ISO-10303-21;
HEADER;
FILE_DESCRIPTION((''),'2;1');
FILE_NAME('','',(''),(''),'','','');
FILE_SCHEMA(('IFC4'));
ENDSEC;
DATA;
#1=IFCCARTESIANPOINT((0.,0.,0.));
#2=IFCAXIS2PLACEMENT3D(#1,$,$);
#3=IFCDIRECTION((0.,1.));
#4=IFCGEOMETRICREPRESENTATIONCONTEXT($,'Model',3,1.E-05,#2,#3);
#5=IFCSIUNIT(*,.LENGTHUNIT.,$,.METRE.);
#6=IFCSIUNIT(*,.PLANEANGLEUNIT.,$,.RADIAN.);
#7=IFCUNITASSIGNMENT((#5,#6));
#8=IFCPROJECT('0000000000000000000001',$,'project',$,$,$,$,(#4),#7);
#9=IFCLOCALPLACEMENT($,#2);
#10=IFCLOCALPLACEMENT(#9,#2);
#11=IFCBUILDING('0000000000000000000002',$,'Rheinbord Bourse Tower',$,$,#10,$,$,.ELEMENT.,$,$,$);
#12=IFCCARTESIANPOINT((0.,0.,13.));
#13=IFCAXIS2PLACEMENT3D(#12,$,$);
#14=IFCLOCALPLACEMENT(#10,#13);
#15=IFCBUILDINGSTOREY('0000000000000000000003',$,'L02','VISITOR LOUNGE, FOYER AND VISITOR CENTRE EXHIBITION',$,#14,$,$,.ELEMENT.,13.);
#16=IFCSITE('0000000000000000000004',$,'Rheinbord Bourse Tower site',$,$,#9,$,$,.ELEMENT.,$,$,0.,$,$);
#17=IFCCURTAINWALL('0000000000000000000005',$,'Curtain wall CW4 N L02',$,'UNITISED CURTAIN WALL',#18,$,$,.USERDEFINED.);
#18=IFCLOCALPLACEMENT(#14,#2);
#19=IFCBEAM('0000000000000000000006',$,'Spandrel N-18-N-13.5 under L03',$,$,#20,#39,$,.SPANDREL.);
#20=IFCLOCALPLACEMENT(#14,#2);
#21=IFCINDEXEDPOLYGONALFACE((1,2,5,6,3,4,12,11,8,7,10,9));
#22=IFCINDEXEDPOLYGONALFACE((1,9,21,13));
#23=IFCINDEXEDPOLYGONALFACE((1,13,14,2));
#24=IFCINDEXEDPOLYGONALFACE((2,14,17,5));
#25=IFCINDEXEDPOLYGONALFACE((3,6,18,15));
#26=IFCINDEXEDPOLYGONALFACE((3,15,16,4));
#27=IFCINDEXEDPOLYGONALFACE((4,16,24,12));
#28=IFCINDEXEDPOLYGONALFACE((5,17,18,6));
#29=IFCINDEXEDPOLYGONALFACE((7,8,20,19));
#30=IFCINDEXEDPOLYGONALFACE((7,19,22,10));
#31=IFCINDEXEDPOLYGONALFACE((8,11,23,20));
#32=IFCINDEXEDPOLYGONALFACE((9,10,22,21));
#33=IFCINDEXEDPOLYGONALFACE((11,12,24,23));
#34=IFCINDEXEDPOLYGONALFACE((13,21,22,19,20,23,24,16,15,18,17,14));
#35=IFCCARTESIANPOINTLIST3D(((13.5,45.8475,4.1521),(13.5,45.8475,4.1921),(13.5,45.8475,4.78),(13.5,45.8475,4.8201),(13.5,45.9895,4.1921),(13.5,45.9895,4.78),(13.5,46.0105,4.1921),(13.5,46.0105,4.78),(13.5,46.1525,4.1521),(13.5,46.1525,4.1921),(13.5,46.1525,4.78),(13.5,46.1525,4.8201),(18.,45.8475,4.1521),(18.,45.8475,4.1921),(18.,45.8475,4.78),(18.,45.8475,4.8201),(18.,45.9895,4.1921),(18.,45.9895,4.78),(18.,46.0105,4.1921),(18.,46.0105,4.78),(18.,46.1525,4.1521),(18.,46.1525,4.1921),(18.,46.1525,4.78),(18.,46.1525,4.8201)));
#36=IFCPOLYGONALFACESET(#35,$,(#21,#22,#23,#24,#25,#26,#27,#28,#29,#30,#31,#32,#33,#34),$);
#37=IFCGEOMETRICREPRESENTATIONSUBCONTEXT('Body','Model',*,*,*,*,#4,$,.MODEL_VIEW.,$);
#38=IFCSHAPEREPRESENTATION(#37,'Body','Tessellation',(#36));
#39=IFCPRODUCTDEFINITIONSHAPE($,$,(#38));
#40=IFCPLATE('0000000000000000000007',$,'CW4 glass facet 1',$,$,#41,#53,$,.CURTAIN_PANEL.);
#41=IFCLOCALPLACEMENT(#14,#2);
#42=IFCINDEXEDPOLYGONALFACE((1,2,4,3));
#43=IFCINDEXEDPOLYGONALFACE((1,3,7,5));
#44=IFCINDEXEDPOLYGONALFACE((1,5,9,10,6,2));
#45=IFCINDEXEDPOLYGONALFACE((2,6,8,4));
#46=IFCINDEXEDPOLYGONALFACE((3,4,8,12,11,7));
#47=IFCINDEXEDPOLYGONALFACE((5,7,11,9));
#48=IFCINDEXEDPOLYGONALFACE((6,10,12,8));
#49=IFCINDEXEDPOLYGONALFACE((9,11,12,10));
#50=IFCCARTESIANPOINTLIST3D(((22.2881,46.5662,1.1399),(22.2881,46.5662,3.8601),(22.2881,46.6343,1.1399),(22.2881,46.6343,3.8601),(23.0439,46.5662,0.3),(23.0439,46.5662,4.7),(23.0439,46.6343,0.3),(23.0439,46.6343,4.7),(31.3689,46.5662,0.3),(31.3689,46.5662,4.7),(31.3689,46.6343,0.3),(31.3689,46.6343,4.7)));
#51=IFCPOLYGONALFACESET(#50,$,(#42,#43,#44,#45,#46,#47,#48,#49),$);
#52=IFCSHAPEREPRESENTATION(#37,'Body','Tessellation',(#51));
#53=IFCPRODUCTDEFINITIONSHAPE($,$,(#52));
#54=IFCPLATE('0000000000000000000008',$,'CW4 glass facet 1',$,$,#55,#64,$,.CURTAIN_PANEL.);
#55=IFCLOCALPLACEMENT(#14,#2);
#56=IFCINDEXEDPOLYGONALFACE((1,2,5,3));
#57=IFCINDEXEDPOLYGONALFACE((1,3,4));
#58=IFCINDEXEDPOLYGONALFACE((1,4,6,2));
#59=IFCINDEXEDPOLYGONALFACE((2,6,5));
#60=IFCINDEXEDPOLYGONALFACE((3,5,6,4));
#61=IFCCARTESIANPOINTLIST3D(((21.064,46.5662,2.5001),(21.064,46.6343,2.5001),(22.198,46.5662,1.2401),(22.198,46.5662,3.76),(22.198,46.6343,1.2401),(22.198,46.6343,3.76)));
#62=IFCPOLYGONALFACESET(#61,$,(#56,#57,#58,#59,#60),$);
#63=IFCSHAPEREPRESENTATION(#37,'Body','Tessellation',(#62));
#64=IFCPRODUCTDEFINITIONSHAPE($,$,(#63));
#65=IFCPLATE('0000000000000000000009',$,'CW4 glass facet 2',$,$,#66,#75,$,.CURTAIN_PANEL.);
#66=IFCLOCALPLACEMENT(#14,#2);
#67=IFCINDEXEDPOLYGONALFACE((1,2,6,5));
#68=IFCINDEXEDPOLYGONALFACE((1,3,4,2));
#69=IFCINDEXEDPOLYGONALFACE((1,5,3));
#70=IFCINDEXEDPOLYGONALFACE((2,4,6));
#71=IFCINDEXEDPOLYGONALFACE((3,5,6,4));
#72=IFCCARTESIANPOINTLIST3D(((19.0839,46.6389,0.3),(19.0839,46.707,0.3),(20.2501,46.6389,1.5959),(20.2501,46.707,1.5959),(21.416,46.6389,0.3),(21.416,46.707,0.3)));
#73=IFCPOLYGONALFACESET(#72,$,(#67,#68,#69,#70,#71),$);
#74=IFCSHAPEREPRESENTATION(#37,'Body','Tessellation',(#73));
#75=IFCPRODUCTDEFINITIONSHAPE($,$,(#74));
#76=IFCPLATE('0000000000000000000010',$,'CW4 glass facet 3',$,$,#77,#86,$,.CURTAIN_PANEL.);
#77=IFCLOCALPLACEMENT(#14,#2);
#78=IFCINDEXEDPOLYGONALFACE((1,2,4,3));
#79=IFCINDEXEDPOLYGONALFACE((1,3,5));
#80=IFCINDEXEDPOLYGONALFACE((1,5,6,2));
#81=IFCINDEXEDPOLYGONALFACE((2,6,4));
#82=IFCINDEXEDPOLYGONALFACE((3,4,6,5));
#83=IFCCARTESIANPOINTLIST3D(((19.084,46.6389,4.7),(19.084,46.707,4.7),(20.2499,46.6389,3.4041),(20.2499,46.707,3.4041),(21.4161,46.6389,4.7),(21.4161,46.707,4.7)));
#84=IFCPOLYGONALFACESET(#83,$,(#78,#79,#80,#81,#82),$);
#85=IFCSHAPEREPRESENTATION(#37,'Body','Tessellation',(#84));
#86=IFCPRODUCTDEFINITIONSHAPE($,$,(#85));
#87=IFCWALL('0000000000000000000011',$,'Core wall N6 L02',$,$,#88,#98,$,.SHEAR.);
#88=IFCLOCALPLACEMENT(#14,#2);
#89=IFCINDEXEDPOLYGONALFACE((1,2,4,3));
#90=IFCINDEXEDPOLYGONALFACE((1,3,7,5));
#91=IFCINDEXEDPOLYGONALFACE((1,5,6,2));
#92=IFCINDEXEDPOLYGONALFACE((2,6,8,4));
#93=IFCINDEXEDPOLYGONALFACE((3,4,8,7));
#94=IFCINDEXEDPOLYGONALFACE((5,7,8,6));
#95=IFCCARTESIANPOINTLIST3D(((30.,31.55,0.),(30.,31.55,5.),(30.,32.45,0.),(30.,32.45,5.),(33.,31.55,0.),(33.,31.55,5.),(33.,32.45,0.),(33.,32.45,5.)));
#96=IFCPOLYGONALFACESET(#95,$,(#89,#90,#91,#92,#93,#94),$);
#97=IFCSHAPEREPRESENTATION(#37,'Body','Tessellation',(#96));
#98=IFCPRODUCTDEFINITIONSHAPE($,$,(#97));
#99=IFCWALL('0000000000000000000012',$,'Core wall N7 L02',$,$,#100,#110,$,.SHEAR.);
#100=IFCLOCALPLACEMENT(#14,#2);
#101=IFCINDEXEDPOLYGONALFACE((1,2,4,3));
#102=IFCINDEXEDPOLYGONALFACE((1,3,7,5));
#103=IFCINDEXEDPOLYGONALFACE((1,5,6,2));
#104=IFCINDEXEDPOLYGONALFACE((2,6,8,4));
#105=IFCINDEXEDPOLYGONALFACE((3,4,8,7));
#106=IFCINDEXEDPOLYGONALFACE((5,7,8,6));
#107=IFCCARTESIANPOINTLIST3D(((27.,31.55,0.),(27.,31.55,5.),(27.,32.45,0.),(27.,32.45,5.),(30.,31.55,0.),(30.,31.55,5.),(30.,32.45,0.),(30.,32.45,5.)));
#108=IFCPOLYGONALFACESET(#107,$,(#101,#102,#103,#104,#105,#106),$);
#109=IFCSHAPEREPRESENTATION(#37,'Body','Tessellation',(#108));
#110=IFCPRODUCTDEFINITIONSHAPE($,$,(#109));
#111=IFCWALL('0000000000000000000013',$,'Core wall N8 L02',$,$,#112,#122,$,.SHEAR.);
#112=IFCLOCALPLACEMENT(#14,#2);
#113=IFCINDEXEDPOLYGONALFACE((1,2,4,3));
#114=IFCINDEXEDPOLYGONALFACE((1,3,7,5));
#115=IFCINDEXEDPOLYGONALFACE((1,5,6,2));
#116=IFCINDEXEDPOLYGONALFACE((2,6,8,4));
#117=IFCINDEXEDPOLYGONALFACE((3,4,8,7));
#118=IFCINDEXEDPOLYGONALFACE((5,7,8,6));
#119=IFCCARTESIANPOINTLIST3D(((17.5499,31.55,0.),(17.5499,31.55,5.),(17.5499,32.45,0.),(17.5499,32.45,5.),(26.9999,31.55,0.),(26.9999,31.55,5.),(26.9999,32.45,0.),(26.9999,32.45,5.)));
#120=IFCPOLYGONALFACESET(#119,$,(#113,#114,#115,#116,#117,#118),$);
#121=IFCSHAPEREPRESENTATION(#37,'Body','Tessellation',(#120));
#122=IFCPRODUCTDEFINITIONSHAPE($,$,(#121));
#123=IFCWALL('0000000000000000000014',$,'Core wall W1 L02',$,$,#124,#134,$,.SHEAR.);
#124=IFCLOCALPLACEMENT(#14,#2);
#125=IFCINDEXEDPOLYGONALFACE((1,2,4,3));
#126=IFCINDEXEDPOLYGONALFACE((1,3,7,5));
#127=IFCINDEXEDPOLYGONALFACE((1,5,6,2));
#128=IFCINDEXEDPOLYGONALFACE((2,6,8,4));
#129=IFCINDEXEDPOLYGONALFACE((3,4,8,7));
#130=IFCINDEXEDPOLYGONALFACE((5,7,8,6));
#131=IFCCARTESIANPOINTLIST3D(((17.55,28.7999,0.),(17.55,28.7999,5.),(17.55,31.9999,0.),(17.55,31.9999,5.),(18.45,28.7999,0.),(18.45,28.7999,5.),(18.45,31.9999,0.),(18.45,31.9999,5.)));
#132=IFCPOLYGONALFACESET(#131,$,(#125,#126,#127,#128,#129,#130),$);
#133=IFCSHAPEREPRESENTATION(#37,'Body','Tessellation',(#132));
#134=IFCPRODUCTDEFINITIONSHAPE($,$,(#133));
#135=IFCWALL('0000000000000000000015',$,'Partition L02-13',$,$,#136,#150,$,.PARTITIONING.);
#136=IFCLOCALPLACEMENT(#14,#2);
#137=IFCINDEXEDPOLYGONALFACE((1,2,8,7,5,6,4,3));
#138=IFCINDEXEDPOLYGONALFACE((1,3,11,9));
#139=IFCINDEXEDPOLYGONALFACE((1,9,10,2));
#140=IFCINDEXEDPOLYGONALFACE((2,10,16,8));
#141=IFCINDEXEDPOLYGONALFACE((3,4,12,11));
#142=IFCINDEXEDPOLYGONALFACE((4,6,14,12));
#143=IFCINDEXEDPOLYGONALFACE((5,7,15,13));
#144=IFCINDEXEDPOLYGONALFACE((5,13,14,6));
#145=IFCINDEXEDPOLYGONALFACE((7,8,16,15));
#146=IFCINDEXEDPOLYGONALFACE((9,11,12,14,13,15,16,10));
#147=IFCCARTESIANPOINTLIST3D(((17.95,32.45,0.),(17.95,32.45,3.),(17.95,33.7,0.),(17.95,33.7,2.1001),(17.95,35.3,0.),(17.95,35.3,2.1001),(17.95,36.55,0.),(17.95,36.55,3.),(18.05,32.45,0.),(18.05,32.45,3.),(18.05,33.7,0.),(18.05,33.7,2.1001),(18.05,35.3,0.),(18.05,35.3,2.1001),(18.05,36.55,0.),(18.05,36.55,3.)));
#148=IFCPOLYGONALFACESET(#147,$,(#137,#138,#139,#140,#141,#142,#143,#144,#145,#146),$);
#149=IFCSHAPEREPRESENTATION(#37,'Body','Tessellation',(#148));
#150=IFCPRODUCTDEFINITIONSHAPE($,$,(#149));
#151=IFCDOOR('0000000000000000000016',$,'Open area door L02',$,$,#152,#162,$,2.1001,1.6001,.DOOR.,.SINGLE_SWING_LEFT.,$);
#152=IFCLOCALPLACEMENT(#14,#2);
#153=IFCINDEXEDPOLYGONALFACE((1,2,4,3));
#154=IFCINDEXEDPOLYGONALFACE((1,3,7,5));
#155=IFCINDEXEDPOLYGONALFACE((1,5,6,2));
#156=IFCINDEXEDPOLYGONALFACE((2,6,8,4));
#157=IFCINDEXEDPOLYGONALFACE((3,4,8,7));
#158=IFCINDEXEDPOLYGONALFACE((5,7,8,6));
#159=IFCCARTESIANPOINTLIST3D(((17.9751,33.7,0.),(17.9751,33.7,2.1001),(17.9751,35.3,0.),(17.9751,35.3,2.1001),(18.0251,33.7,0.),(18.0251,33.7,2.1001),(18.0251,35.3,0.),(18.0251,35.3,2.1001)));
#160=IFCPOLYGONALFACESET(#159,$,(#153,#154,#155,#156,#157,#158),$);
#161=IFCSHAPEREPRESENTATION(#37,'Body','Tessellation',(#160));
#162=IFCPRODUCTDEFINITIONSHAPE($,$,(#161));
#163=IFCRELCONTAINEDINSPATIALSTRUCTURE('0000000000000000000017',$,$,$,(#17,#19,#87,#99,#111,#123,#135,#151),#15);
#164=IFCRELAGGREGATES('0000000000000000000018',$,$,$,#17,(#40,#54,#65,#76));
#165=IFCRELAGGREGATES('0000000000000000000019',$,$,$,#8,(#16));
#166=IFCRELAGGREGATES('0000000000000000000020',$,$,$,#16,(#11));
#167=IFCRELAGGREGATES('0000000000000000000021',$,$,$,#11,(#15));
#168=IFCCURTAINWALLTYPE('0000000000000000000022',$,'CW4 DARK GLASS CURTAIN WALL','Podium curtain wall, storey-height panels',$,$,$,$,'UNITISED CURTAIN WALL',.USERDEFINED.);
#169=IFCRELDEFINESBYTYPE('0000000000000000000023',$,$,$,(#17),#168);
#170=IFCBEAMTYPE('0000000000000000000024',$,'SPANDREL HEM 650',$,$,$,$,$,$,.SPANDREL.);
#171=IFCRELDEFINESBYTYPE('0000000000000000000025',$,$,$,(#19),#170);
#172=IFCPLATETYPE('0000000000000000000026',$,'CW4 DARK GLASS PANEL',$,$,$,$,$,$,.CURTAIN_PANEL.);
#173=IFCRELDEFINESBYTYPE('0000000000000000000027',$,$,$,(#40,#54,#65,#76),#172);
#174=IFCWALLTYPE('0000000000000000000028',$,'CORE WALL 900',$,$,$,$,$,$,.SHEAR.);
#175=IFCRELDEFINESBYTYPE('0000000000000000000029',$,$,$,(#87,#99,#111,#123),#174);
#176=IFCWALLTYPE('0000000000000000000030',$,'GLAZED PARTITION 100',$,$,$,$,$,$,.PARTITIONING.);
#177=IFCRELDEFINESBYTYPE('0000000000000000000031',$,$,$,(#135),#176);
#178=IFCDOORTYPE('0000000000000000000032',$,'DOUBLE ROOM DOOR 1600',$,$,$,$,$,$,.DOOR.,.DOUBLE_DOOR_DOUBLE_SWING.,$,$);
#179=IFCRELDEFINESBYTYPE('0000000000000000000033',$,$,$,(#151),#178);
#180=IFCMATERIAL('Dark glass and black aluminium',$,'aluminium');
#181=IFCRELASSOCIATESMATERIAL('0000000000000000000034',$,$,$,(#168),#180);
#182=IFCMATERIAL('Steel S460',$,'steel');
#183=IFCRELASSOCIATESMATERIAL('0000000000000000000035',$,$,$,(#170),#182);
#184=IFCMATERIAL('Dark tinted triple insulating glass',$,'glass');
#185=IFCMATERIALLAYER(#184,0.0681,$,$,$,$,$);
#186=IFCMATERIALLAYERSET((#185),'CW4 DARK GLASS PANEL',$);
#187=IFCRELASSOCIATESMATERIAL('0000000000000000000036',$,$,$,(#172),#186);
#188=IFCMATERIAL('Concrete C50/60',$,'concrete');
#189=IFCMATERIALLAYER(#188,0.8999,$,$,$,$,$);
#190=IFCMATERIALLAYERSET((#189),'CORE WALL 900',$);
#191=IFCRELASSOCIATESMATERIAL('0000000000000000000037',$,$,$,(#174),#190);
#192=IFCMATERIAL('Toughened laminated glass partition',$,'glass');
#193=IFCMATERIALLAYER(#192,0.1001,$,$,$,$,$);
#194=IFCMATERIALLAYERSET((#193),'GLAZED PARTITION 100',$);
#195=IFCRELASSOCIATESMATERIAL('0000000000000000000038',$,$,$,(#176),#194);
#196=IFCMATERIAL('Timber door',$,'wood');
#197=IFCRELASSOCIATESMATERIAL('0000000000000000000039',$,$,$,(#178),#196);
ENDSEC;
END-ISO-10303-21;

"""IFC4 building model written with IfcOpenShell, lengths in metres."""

from ifc_helpers import new_model, si_unit, direction, frame, frame_2d, origin, origin_2d, place, context, subcontext, project, spatial, polyline, rectangle, i_section, outline, extrude, material, layer, layer_set, material_profile, profile_set, type_object, element, fill, aggregate, save


model = new_model("IFC4")

# Units and contexts
model_context = context("Model", 3, precision=1e-05, world=origin(), true_north=direction((0.0, 1.0)))
body_context = subcontext(model_context, "Body", "Model", "MODEL_VIEW")
ifc_project = project(units=[si_unit("LENGTHUNIT", "METRE"), si_unit("PLANEANGLEUNIT", "RADIAN")], contexts=[model_context])

# Site, building, storey
site_placement = place(None, origin())
site = spatial("IfcSite", under=ifc_project, at=site_placement, Name="Rheinbord Bourse Tower site", CompositionType="ELEMENT", RefElevation=0.0)
building_placement = place(site_placement, origin())
building = spatial("IfcBuilding", under=site, at=building_placement, Name="Rheinbord Bourse Tower", CompositionType="ELEMENT")
storey_placement = place(building_placement, frame((0.0, 0.0, 13.0)))
storey = spatial("IfcBuildingStorey", under=building, at=storey_placement, Name="L02", Description="VISITOR LOUNGE, FOYER AND VISITOR CENTRE EXHIBITION", CompositionType="ELEMENT", Elevation=13.0)

# Curtain wall
ifc_material_1 = material(Name="Dark glass and black aluminium", Category="aluminium")
curtain_wall_type = type_object("IfcCurtainWallType", Name="CW4 DARK GLASS CURTAIN WALL", Description="Podium curtain wall, storey-height panels", ElementType="UNITISED CURTAIN WALL", PredefinedType="USERDEFINED", material=ifc_material_1)
curtain_wall_placement = place(storey_placement, origin())
curtain_wall = element("IfcCurtainWall", 1, at=curtain_wall_placement, inside=storey, type_object=curtain_wall_type, Name="Curtain wall CW4 N L02", ObjectType="UNITISED CURTAIN WALL", PredefinedType="USERDEFINED")

# Beam
ifc_material_2 = material(Name="Steel S460", Category="steel")
ifc_material_profile_1 = material_profile(ifc_material_2, i_section(OverallWidth=0.3049, OverallDepth=0.668, WebThickness=0.021, FlangeThickness=0.04, at=origin_2d()), Name="HEM 650")
ifc_profile_set_1 = profile_set([ifc_material_profile_1], Name="Steel S460")
beam_type_1 = type_object("IfcBeamType", Name="SPANDREL HEM 650", PredefinedType="SPANDREL", material=ifc_profile_set_1)
for number, where, z_axis, x_axis, name in (
    (2, (18.0, 46.0, 4.4861), (-1.0, 0.0, 0.0), (0.0, -1.0, 0.0), "Spandrel N-18-N-13.5 under L03"),
):
    element("IfcBeam", number, at=place(storey_placement, frame(where, z_axis=z_axis, x_axis=x_axis)), inside=storey, type_object=beam_type_1, Name=name, PredefinedType="SPANDREL", context=body_context, shape_type="SweptSolid", body=[
        extrude(i_section(OverallWidth=0.3049, OverallDepth=0.668, WebThickness=0.021, FlangeThickness=0.04, at=origin_2d()), origin(), (0.0, 0.0, 1.0), 4.5),
    ])

# Plates
ifc_material_3 = material(Name="Dark tinted triple insulating glass", Category="glass")
ifc_layer_1 = layer(ifc_material_3, 0.0681)
ifc_layer_set_1 = layer_set([ifc_layer_1], Name="CW4 DARK GLASS PANEL")
plate_type = type_object("IfcPlateType", Name="CW4 DARK GLASS PANEL", PredefinedType="CURTAIN_PANEL", material=ifc_layer_set_1)
plate_1_placement = place(storey_placement, frame((31.3689, 46.6343, 0.3), z_axis=(0.0, -1.0, 0.0), x_axis=(0.0, 0.0, 1.0)))
plate_1 = element("IfcPlate", 3, at=plate_1_placement, type_object=plate_type, Name="CW4 glass facet 1", PredefinedType="CURTAIN_PANEL", context=body_context, shape_type="SweptSolid", body=[
    extrude(outline(polyline([(0.0, 0.0), (4.3999, 0.0), (4.3999, 8.325), (3.5601, 9.0808), (0.8398, 9.0808), (0.0, 8.325), (0.0, 0.0)])), origin(), (0.0, 0.0, 1.0), 0.0681),
])
plate_2_placement = place(storey_placement, frame((22.198, 46.6343, 3.76), z_axis=(0.0, -1.0, 0.0), x_axis=(-0.668973, 0.0, -0.743287)))
plate_2 = element("IfcPlate", 4, at=plate_2_placement, type_object=plate_type, Name="CW4 glass facet 1", PredefinedType="CURTAIN_PANEL", context=body_context, shape_type="SweptSolid", body=[
    extrude(outline(polyline([(0.0, 0.0), (1.6951, 0.0), (1.873, 1.6858), (0.0, 0.0)])), origin(), (0.0, 0.0, 1.0), 0.0681),
])
plate_3_placement = place(storey_placement, frame((21.416, 46.707, 0.3), z_axis=(0.0, -1.0, 0.0), x_axis=(-0.668872, 0.0, 0.743378)))
plate_3 = element("IfcPlate", 5, at=plate_3_placement, type_object=plate_type, Name="CW4 glass facet 2", PredefinedType="CURTAIN_PANEL", context=body_context, shape_type="SweptSolid", body=[
    extrude(outline(polyline([(0.0, 0.0), (1.7432, 0.0), (1.5598, 1.7336), (0.0, 0.0)])), origin(), (0.0, 0.0, 1.0), 0.0681),
])
plate_4_placement = place(storey_placement, frame((19.084, 46.707, 4.7), z_axis=(0.0, -1.0, 0.0), x_axis=(0.668872, 0.0, -0.743378)))
plate_4 = element("IfcPlate", 6, at=plate_4_placement, type_object=plate_type, Name="CW4 glass facet 3", PredefinedType="CURTAIN_PANEL", context=body_context, shape_type="SweptSolid", body=[
    extrude(outline(polyline([(0.0, 0.0), (1.7432, 0.0), (1.5598, 1.7336), (0.0, 0.0)])), origin(), (0.0, 0.0, 1.0), 0.0681),
])
aggregate(curtain_wall, [plate_1, plate_2, plate_3, plate_4])

# Walls
ifc_material_4 = material(Name="Concrete C50/60", Category="concrete")
ifc_layer_2 = layer(ifc_material_4, 0.8999)
ifc_layer_set_2 = layer_set([ifc_layer_2], Name="CORE WALL 900")
wall_type_1 = type_object("IfcWallType", Name="CORE WALL 900", PredefinedType="SHEAR", material=ifc_layer_set_2)
for number, where, z_axis, x_axis, name in (
    (7, (33.0, 32.0, 0.0), (0.0, 0.0, 1.0), (-1.0, 0.0, 0.0), "Core wall N6 L02"),
    (8, (30.0, 32.0, 0.0), (0.0, 0.0, 1.0), (-1.0, 0.0, 0.0), "Core wall N7 L02"),
):
    element("IfcWall", number, at=place(storey_placement, frame(where, z_axis=z_axis, x_axis=x_axis)), inside=storey, type_object=wall_type_1, Name=name, PredefinedType="SHEAR", context=body_context, shape_type="SweptSolid", body=[
        extrude(rectangle(XDim=3.0, YDim=0.8999, at=frame_2d((1.5, 0.0))), origin(), (0.0, 0.0, 1.0), 5.0),
    ])
wall_1_placement = place(storey_placement, frame((27.0, 32.0, 0.0), z_axis=(0.0, 0.0, 1.0), x_axis=(-1.0, 0.0, 0.0)))
element("IfcWall", 9, at=wall_1_placement, inside=storey, type_object=wall_type_1, Name="Core wall N8 L02", PredefinedType="SHEAR", context=body_context, shape_type="SweptSolid", body=[
    extrude(rectangle(XDim=9.45, YDim=0.8999, at=frame_2d((4.7251, 0.0))), origin(), (0.0, 0.0, 1.0), 5.0),
])
wall_2_placement = place(storey_placement, frame((18.0, 32.0, 0.0), z_axis=(0.0, 0.0, 1.0), x_axis=(0.0, -1.0, 0.0)))
element("IfcWall", 10, at=wall_2_placement, inside=storey, type_object=wall_type_1, Name="Core wall W1 L02", PredefinedType="SHEAR", context=body_context, shape_type="SweptSolid", body=[
    extrude(rectangle(XDim=3.2, YDim=0.8999, at=frame_2d((1.6001, 0.0))), origin(), (0.0, 0.0, 1.0), 5.0),
])

# Wall, opening, door
ifc_material_5 = material(Name="Toughened laminated glass partition", Category="glass")
ifc_layer_3 = layer(ifc_material_5, 0.1001)
ifc_layer_set_3 = layer_set([ifc_layer_3], Name="GLAZED PARTITION 100")
wall_type_2 = type_object("IfcWallType", Name="GLAZED PARTITION 100", PredefinedType="PARTITIONING", material=ifc_layer_set_3)
wall_3_placement = place(storey_placement, frame((18.0, 32.45, 0.0), z_axis=(0.0, 0.0, 1.0), x_axis=(0.0, 1.0, 0.0)))
wall_3 = element("IfcWall", 11, at=wall_3_placement, inside=storey, type_object=wall_type_2, Name="Partition L02-13", PredefinedType="PARTITIONING", context=body_context, shape_type="SweptSolid", body=[
    extrude(rectangle(XDim=4.1001, YDim=0.1001, at=frame_2d((2.05, 0.0))), origin(), (0.0, 0.0, 1.0), 3.0),
])
opening_placement = place(wall_3_placement, frame((1.25, 0.0, 0.0)))
opening = element("IfcOpeningElement", 12, at=opening_placement, cuts=wall_3, PredefinedType="OPENING", context=body_context, shape_type="SweptSolid", body=[
    extrude(rectangle(XDim=1.6001, YDim=2.1001, at=frame_2d((0.8, 1.05))), frame((0.0, 0.0601, 0.0), z_axis=(0.0, -1.0, 0.0), x_axis=(1.0, 0.0, 0.0)), (0.0, 0.0, 1.0), 0.1201),
])
ifc_material_6 = material(Name="Timber door", Category="wood")
door_type = type_object("IfcDoorType", Name="DOUBLE ROOM DOOR 1600", OperationType="DOUBLE_DOOR_DOUBLE_SWING", PredefinedType="DOOR", material=ifc_material_6)
door_placement = place(opening_placement, origin())
door = element("IfcDoor", 13, at=door_placement, inside=storey, type_object=door_type, Name="Open area door L02", OperationType="SINGLE_SWING_LEFT", OverallHeight=2.1001, OverallWidth=1.6001, PredefinedType="DOOR", context=body_context, shape_type="SweptSolid", body=[
    extrude(rectangle(XDim=1.6001, YDim=2.1001, at=frame_2d((0.8, 1.05))), frame((0.0, 0.0249, 0.0), z_axis=(0.0, -1.0, 0.0), x_axis=(1.0, 0.0, 0.0)), (0.0, 0.0, 1.0), 0.05),
])
fill(opening, door)

save(model, "model.ifc")
